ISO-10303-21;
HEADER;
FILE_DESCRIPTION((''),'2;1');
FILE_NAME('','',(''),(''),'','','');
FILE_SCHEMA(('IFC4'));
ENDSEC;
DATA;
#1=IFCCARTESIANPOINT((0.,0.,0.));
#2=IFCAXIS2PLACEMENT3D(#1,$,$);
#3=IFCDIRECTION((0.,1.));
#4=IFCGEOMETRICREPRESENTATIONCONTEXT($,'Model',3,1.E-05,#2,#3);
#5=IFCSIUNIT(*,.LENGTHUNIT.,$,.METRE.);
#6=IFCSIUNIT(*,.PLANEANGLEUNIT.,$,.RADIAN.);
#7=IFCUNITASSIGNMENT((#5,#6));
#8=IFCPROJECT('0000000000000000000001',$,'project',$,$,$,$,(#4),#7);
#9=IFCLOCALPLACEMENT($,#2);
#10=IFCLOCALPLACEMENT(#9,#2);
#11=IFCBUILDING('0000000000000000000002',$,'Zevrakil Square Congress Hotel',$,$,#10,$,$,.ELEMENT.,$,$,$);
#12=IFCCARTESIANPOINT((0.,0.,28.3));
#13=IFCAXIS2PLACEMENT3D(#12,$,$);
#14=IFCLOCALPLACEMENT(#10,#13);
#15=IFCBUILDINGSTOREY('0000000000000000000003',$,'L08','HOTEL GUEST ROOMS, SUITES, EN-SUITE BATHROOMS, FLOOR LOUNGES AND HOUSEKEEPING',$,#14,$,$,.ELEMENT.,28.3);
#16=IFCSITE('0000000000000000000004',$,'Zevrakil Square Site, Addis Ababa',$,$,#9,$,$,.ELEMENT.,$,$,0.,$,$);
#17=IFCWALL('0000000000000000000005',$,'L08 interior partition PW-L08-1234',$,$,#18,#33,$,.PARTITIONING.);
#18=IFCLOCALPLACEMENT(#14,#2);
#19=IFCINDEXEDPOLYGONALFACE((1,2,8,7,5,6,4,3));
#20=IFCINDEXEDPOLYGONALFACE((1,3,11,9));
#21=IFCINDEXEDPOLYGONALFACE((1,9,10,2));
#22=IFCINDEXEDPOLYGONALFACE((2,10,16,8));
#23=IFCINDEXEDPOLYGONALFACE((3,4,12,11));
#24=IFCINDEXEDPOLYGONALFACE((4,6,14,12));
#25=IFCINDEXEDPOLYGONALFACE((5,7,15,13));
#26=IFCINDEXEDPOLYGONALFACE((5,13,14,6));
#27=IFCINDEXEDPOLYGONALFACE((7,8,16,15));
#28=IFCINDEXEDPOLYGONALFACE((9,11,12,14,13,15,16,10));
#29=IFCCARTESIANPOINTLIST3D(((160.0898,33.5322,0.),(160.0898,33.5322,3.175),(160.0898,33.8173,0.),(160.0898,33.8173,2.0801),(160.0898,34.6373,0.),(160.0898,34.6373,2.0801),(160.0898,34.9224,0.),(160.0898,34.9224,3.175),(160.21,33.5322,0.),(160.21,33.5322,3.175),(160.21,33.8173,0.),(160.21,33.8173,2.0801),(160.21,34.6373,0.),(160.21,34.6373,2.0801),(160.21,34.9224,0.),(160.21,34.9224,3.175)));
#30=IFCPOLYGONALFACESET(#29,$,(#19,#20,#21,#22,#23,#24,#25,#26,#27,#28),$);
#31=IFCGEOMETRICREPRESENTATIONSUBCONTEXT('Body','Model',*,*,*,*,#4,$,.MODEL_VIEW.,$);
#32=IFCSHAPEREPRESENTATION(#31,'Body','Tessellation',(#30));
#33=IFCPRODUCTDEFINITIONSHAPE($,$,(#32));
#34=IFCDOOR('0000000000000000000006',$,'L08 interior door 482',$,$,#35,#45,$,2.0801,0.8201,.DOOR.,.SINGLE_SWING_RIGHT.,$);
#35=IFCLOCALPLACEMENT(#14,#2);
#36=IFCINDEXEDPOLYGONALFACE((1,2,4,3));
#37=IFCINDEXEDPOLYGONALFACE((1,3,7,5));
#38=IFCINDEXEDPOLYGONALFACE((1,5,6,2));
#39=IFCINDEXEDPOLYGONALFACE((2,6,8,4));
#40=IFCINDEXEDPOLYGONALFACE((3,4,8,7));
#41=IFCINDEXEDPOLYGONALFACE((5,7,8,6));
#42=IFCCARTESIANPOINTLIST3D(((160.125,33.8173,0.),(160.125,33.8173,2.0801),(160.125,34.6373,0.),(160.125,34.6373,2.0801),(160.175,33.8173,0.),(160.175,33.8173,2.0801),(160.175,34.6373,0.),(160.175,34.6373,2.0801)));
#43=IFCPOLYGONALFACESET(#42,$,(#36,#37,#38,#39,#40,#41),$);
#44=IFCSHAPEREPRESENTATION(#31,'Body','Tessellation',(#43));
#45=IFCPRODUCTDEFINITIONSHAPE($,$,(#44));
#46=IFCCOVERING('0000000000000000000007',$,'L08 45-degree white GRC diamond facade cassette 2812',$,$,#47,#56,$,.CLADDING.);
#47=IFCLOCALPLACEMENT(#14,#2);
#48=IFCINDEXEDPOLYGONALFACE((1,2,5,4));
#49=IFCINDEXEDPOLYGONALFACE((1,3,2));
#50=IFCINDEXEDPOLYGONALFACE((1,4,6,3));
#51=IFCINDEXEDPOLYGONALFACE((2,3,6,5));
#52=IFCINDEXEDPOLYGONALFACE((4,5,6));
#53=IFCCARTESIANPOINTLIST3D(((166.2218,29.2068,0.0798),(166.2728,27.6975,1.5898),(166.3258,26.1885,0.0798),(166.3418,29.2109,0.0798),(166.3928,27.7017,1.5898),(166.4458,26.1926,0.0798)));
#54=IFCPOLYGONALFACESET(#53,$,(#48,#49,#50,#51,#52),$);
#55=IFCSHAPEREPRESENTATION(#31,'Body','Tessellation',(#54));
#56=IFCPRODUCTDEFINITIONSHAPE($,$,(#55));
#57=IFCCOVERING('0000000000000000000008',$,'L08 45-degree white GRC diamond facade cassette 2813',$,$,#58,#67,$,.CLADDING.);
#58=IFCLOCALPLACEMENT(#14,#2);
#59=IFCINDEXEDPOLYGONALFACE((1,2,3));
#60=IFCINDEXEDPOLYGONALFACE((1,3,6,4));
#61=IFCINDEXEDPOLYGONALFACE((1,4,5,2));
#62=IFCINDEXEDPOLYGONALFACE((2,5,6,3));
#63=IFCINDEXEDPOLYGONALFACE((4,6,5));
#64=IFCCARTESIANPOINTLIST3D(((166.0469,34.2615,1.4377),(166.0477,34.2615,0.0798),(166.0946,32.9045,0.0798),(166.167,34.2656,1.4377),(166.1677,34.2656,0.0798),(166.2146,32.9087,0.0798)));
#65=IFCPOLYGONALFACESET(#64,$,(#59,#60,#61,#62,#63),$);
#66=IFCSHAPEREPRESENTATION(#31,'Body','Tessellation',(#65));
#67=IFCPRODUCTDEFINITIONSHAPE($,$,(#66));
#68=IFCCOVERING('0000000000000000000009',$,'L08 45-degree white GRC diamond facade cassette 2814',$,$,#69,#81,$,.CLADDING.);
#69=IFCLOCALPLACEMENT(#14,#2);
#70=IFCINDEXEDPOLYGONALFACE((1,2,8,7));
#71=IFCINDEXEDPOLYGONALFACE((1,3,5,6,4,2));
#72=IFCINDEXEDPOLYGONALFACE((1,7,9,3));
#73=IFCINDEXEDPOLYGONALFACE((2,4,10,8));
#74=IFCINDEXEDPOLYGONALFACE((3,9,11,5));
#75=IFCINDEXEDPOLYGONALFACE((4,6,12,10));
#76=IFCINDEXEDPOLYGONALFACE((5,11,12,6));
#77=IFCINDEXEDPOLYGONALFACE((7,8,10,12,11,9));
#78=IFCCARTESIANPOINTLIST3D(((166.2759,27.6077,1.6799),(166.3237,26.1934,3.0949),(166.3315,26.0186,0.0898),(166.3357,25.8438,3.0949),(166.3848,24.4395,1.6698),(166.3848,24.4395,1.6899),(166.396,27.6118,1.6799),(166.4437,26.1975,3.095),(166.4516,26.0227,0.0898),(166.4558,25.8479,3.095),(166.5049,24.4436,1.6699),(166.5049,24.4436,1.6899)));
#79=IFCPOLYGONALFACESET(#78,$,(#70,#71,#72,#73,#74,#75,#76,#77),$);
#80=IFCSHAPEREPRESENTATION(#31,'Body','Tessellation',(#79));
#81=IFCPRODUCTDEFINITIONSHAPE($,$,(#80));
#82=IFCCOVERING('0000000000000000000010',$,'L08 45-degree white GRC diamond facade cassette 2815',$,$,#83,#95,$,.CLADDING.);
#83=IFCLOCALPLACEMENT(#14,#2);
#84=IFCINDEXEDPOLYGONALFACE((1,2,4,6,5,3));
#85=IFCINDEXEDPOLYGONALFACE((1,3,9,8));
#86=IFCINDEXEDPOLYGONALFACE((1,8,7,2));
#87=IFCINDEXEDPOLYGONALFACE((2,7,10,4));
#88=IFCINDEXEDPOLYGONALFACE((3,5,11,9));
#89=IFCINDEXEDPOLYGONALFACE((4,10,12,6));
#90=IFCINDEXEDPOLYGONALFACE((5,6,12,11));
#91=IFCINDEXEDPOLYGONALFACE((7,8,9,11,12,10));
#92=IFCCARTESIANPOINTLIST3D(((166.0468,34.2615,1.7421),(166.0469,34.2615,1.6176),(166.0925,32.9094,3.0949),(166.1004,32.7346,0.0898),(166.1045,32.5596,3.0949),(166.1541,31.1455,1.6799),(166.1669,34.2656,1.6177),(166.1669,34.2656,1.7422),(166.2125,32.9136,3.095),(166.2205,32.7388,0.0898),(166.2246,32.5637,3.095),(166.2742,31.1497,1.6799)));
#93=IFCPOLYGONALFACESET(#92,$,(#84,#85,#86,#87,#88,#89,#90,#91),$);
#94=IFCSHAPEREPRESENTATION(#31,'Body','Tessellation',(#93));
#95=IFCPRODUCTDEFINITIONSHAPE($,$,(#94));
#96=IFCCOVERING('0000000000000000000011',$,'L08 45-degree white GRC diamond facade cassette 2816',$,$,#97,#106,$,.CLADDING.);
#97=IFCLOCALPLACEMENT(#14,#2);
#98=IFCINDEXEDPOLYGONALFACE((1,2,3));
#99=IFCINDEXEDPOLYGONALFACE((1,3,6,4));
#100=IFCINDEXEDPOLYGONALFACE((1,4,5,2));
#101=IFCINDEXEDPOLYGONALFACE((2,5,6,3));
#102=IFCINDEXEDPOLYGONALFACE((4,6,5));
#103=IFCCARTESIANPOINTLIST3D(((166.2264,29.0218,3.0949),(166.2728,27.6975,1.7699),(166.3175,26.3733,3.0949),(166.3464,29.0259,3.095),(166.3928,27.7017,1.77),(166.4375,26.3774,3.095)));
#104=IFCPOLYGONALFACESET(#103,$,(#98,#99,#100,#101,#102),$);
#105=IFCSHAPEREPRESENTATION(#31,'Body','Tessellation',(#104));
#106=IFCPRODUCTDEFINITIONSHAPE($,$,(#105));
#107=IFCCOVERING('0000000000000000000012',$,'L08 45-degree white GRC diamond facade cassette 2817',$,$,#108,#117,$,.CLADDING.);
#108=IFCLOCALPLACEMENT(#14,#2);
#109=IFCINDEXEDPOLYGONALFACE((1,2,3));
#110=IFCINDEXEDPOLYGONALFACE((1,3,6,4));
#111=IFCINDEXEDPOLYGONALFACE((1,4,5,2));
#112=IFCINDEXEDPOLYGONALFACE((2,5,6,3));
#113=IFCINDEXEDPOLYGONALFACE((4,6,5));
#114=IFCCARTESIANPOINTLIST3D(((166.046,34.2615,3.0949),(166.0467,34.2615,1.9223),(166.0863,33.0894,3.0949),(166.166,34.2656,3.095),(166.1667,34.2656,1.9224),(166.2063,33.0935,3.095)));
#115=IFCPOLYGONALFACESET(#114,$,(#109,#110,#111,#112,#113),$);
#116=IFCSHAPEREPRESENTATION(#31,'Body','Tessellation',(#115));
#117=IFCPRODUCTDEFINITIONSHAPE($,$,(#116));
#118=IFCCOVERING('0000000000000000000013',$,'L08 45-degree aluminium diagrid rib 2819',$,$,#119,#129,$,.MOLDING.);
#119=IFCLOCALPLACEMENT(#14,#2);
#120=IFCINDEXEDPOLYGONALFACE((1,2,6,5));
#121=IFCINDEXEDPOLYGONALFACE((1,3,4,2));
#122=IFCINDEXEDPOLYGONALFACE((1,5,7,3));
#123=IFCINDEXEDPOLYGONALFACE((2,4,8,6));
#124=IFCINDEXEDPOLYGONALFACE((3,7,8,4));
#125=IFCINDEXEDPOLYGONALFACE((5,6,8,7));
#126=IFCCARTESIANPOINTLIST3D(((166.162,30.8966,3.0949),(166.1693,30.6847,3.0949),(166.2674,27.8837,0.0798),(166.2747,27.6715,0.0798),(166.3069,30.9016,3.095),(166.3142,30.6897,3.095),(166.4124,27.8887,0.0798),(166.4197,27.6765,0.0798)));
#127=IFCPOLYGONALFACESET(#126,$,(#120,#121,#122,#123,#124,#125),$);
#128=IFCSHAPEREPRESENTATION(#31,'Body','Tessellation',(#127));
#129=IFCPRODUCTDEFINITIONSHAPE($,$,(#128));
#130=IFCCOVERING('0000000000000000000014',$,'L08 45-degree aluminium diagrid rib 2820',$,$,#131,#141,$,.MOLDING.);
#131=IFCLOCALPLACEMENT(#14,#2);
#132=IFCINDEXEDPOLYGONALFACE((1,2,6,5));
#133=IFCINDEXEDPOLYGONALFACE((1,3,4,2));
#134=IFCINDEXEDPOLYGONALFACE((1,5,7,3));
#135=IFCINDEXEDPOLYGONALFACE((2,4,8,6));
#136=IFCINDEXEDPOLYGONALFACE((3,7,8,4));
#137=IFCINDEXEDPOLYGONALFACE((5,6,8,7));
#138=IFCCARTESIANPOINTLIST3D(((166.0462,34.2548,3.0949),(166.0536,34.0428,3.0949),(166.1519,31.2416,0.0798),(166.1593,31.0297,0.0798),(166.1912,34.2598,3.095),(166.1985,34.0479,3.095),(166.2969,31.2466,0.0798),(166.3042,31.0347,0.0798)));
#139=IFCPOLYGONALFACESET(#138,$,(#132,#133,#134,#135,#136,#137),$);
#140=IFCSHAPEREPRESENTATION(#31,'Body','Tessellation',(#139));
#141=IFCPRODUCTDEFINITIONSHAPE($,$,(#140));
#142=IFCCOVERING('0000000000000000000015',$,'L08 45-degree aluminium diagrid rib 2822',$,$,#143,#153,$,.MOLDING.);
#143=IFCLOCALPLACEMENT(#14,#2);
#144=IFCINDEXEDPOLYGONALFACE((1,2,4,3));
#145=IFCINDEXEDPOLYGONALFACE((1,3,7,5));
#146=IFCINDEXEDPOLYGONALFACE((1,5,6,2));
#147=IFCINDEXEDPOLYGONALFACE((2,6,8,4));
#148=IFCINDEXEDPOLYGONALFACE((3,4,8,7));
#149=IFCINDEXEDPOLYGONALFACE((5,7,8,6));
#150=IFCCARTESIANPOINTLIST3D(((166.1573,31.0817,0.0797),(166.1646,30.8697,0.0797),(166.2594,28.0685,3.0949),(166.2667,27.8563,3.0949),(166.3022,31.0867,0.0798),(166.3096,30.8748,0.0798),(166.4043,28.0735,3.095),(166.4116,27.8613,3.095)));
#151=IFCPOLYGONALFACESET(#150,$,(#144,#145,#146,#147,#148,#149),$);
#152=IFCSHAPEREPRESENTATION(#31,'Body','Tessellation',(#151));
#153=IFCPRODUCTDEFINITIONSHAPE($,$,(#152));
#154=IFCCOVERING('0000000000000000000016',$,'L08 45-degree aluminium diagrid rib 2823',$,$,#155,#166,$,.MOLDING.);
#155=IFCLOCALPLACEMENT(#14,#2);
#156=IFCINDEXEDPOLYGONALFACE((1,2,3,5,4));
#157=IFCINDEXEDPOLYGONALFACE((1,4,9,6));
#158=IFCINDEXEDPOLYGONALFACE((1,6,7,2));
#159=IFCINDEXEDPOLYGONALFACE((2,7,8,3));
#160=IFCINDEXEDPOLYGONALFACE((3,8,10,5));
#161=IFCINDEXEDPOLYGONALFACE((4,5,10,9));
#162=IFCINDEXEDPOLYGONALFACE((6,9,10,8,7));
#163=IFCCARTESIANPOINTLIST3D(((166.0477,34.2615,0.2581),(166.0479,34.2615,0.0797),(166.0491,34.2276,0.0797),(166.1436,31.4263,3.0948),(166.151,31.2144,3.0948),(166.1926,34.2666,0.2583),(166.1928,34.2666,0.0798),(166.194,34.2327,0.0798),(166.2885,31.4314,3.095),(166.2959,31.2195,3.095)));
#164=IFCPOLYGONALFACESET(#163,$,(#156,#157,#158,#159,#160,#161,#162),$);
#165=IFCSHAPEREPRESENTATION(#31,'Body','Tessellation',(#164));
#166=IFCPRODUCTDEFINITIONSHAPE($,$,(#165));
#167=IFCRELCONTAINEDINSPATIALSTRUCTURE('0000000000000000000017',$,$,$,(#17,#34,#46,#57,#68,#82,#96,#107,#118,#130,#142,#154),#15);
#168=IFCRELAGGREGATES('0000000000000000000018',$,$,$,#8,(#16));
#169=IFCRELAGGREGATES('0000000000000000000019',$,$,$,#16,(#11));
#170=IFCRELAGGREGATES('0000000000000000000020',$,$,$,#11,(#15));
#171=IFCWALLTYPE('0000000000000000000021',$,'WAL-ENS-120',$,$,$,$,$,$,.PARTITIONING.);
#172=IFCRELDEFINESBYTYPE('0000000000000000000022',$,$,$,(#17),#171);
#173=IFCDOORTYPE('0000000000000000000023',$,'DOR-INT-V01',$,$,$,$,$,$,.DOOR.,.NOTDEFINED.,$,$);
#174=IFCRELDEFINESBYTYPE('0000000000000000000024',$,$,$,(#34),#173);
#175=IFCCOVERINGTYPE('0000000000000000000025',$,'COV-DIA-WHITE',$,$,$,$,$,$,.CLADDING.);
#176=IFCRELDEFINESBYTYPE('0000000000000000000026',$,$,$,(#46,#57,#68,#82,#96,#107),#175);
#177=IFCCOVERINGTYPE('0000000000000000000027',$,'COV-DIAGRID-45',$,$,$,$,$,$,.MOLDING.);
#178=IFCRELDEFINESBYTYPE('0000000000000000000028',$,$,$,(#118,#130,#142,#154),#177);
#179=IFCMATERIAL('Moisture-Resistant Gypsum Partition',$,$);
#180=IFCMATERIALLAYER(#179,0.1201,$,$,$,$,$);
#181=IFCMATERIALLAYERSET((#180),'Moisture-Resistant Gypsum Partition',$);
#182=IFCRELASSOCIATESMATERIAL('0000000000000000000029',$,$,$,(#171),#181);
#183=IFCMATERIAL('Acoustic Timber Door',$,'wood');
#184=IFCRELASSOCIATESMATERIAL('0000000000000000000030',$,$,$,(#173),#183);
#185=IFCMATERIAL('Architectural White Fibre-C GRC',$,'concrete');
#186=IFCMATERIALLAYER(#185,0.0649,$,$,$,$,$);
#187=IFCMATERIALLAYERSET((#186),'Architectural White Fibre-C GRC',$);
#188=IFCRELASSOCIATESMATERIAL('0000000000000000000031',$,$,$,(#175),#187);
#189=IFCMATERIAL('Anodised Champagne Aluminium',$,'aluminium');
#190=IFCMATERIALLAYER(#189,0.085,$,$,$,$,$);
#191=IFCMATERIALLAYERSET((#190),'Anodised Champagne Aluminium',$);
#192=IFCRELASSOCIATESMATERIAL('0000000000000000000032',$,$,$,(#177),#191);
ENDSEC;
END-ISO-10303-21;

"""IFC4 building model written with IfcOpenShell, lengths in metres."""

from ifc_helpers import new_model, si_unit, direction, frame, frame_2d, origin, place, context, subcontext, project, spatial, polyline, rectangle, outline, extrude, material, layer, layer_set, type_object, element, fill, save


model = new_model("IFC4")

# Units and contexts
model_context = context("Model", 3, precision=1e-05, world=origin(), true_north=direction((0.0, 1.0)))
body_context = subcontext(model_context, "Body", "Model", "MODEL_VIEW")
ifc_project = project(units=[si_unit("LENGTHUNIT", "METRE"), si_unit("PLANEANGLEUNIT", "RADIAN")], contexts=[model_context])

# Site, building, storey
site_placement = place(None, origin())
site = spatial("IfcSite", under=ifc_project, at=site_placement, Name="Zevrakil Square Site, Addis Ababa", CompositionType="ELEMENT", RefElevation=0.0)
building_placement = place(site_placement, origin())
building = spatial("IfcBuilding", under=site, at=building_placement, Name="Zevrakil Square Congress Hotel", CompositionType="ELEMENT")
storey_placement = place(building_placement, frame((0.0, 0.0, 28.3)))
storey = spatial("IfcBuildingStorey", under=building, at=storey_placement, Name="L08", Description="HOTEL GUEST ROOMS, SUITES, EN-SUITE BATHROOMS, FLOOR LOUNGES AND HOUSEKEEPING", CompositionType="ELEMENT", Elevation=28.3)

# Wall, opening, door
ifc_material_1 = material(Name="Moisture-Resistant Gypsum Partition")
ifc_layer_1 = layer(ifc_material_1, 0.1201)
ifc_layer_set_1 = layer_set([ifc_layer_1], Name="Moisture-Resistant Gypsum Partition")
wall_type = type_object("IfcWallType", Name="WAL-ENS-120", PredefinedType="PARTITIONING", material=ifc_layer_set_1)
wall_placement = place(storey_placement, frame((160.1499, 33.5322, 0.0), z_axis=(0.0, 0.0, 1.0), x_axis=(0.0, 1.0, 0.0)))
wall = element("IfcWall", 1, at=wall_placement, inside=storey, type_object=wall_type, Name="L08 interior partition PW-L08-1234", PredefinedType="PARTITIONING", context=body_context, shape_type="SweptSolid", body=[
    extrude(rectangle(XDim=1.3901, YDim=0.1201, at=frame_2d((0.6951, 0.0))), origin(), (0.0, 0.0, 1.0), 3.175),
])
opening_placement = place(wall_placement, frame((0.2849, 0.0, 0.0)))
opening = element("IfcOpeningElement", 2, at=opening_placement, cuts=wall, PredefinedType="OPENING", context=body_context, shape_type="SweptSolid", body=[
    extrude(rectangle(XDim=0.8201, YDim=2.0801, at=frame_2d((0.4102, 1.04))), frame((0.0, 0.0701, 0.0), z_axis=(0.0, -1.0, 0.0), x_axis=(1.0, 0.0, 0.0)), (0.0, 0.0, 1.0), 0.1401),
])
ifc_material_2 = material(Name="Acoustic Timber Door", Category="wood")
door_type = type_object("IfcDoorType", Name="DOR-INT-V01", OperationType="NOTDEFINED", PredefinedType="DOOR", material=ifc_material_2)
door_placement = place(opening_placement, origin())
door = element("IfcDoor", 3, at=door_placement, inside=storey, type_object=door_type, Name="L08 interior door 482", OperationType="SINGLE_SWING_RIGHT", OverallHeight=2.0801, OverallWidth=0.8201, PredefinedType="DOOR", context=body_context, shape_type="SweptSolid", body=[
    extrude(rectangle(XDim=0.8201, YDim=2.0801, at=frame_2d((0.4102, 1.04))), frame((0.0, 0.0249, 0.0), z_axis=(0.0, -1.0, 0.0), x_axis=(1.0, 0.0, 0.0)), (0.0, 0.0, 1.0), 0.05),
])
fill(opening, door)

# Coverings
ifc_material_3 = material(Name="Architectural White Fibre-C GRC", Category="concrete")
ifc_layer_2 = layer(ifc_material_3, 0.0649)
ifc_layer_set_2 = layer_set([ifc_layer_2], Name="Architectural White Fibre-C GRC")
covering_type_1 = type_object("IfcCoveringType", Name="COV-DIA-WHITE", PredefinedType="CLADDING", material=ifc_layer_set_2)
covering_1_placement = place(storey_placement, frame((166.3928, 27.7017, 1.5898), z_axis=(0.999407, 0.034437, 0.000649), x_axis=(-0.023893, 0.706733, -0.707076)))
element("IfcCovering", 4, at=covering_1_placement, inside=storey, type_object=covering_type_1, Name="L08 45-degree white GRC diamond facade cassette 2812", PredefinedType="CLADDING", context=body_context, shape_type="SweptSolid", body=[
    extrude(outline(polyline([(0.0, 0.0), (2.1356, 0.0), (-0.0001, -2.1354), (0.0, 0.0)])), origin(), (0.0, 0.0, -1.0), 0.1201),
])
covering_2_placement = place(storey_placement, frame((166.167, 34.2656, 1.4377), z_axis=(0.999404, 0.034524, 0.000539), x_axis=(0.000539, 0.0, -1.0)))
element("IfcCovering", 5, at=covering_2_placement, inside=storey, type_object=covering_type_1, Name="L08 45-degree white GRC diamond facade cassette 2813", PredefinedType="CLADDING", context=body_context, shape_type="SweptSolid", body=[
    extrude(outline(polyline([(0.0, 0.0), (1.3579, 0.0), (1.3579, -1.3577), (0.0, 0.0)])), origin(), (0.0, 0.0, -1.0), 0.1201),
])
covering_3_placement = place(storey_placement, frame((166.396, 27.6118, 1.6799), z_axis=(0.99941, 0.034341, 0.000604), x_axis=(0.02471, -0.706674, -0.707107)))
element("IfcCovering", 6, at=covering_3_placement, inside=storey, type_object=covering_type_1, Name="L08 45-degree white GRC diamond facade cassette 2814", PredefinedType="CLADDING", context=body_context, shape_type="SweptSolid", body=[
    extrude(outline(polyline([(0.0, 0.0), (2.2487, 0.0), (2.2487, -2.2345), (2.2345, -2.2487), (0.2474, -2.2486), (0.0001, -2.0012), (0.0, 0.0)])), origin(), (0.0, 0.0, -1.0), 0.1201),
])
covering_4_placement = place(storey_placement, frame((166.2205, 32.7388, 0.0898), z_axis=(0.999408, 0.034402, 0.000633), x_axis=(0.023878, -0.706688, 0.707122)))
element("IfcCovering", 7, at=covering_4_placement, inside=storey, type_object=covering_type_1, Name="L08 45-degree white GRC diamond facade cassette 2815", PredefinedType="CLADDING", context=body_context, shape_type="SweptSolid", body=[
    extrude(outline(polyline([(0.0, 0.0), (2.2487, 0.0), (2.2488, -2.0011), (2.0013, -2.2486), (0.0881, -2.2487), (0.0001, -2.1607), (0.0, 0.0)])), origin(), (0.0, 0.0, -1.0), 0.1201),
])
covering_5_placement = place(storey_placement, frame((166.3928, 27.7017, 1.77), z_axis=(0.999409, 0.034364, 0.000645), x_axis=(0.023844, -0.70671, 0.707101)))
element("IfcCovering", 8, at=covering_5_placement, inside=storey, type_object=covering_type_1, Name="L08 45-degree white GRC diamond facade cassette 2816", PredefinedType="CLADDING", context=body_context, shape_type="SweptSolid", body=[
    extrude(outline(polyline([(0.0, 0.0), (1.8738, 0.0), (-0.0001, -1.8738), (0.0, 0.0)])), origin(), (0.0, 0.0, -1.0), 0.1201),
])
covering_6_placement = place(storey_placement, frame((166.2063, 33.0935, 3.095), z_axis=(0.99941, 0.034348, 0.000624), x_axis=(-0.034348, 0.99941, 0.0)))
element("IfcCovering", 9, at=covering_6_placement, inside=storey, type_object=covering_type_1, Name="L08 45-degree white GRC diamond facade cassette 2817", PredefinedType="CLADDING", context=body_context, shape_type="SweptSolid", body=[
    extrude(outline(polyline([(0.0, 0.0), (1.1728, 0.0), (1.1728, -1.1726), (0.0, 0.0)])), origin(), (0.0, 0.0, -1.0), 0.1201),
])
ifc_material_4 = material(Name="Anodised Champagne Aluminium", Category="aluminium")
ifc_layer_3 = layer(ifc_material_4, 0.085)
ifc_layer_set_3 = layer_set([ifc_layer_3], Name="Anodised Champagne Aluminium")
covering_type_2 = type_object("IfcCoveringType", Name="COV-DIAGRID-45", PredefinedType="MOLDING", material=ifc_layer_set_3)
covering_7_placement = place(storey_placement, frame((166.4124, 27.8887, 0.0798), z_axis=(0.999404, 0.034522, 0.000461), x_axis=(0.034522, -0.999404, 0.0)))
element("IfcCovering", 10, at=covering_7_placement, inside=storey, type_object=covering_type_2, Name="L08 45-degree aluminium diagrid rib 2819", PredefinedType="MOLDING", context=body_context, shape_type="SweptSolid", body=[
    extrude(outline(polyline([(0.0, 0.0), (0.2123, 0.0), (-2.8027, -3.0151), (-3.0148, -3.0151), (0.0, 0.0)])), origin(), (0.0, 0.0, -1.0), 0.145),
])
covering_8_placement = place(storey_placement, frame((166.2969, 31.2466, 0.0798), z_axis=(0.999403, 0.034542, 0.000521), x_axis=(0.034542, -0.999403, 0.0)))
element("IfcCovering", 11, at=covering_8_placement, inside=storey, type_object=covering_type_2, Name="L08 45-degree aluminium diagrid rib 2820", PredefinedType="MOLDING", context=body_context, shape_type="SweptSolid", body=[
    extrude(outline(polyline([(0.0, 0.0), (0.212, 0.0), (-2.803, -3.0151), (-3.015, -3.0151), (0.0, 0.0)])), origin(), (0.0, 0.0, -1.0), 0.145),
])
covering_9_placement = place(storey_placement, frame((166.4116, 27.8613, 3.095), z_axis=(0.999404, 0.034522, 0.000675), x_axis=(-0.034522, 0.999404, 0.0)))
element("IfcCovering", 12, at=covering_9_placement, inside=storey, type_object=covering_type_2, Name="L08 45-degree aluminium diagrid rib 2822", PredefinedType="MOLDING", context=body_context, shape_type="SweptSolid", body=[
    extrude(outline(polyline([(0.0, 0.0), (0.2123, 0.0), (3.2272, -3.0151), (3.0152, -3.0151), (0.0, 0.0)])), origin(), (0.0, 0.0, -1.0), 0.145),
])
covering_10_placement = place(storey_placement, frame((166.2959, 31.2195, 3.095), z_axis=(0.99939, 0.034919, 0.001122), x_axis=(-0.034919, 0.99939, 0.0)))
element("IfcCovering", 13, at=covering_10_placement, inside=storey, type_object=covering_type_2, Name="L08 45-degree aluminium diagrid rib 2823", PredefinedType="MOLDING", context=body_context, shape_type="SweptSolid", body=[
    extrude(outline(polyline([(0.0, 0.0), (0.212, 0.0), (3.0489, -2.8367), (3.0489, -3.0151), (3.0149, -3.0151), (0.0, 0.0)])), origin(), (0.0, 0.0, -1.0), 0.145),
])

save(model, "model.ifc")
